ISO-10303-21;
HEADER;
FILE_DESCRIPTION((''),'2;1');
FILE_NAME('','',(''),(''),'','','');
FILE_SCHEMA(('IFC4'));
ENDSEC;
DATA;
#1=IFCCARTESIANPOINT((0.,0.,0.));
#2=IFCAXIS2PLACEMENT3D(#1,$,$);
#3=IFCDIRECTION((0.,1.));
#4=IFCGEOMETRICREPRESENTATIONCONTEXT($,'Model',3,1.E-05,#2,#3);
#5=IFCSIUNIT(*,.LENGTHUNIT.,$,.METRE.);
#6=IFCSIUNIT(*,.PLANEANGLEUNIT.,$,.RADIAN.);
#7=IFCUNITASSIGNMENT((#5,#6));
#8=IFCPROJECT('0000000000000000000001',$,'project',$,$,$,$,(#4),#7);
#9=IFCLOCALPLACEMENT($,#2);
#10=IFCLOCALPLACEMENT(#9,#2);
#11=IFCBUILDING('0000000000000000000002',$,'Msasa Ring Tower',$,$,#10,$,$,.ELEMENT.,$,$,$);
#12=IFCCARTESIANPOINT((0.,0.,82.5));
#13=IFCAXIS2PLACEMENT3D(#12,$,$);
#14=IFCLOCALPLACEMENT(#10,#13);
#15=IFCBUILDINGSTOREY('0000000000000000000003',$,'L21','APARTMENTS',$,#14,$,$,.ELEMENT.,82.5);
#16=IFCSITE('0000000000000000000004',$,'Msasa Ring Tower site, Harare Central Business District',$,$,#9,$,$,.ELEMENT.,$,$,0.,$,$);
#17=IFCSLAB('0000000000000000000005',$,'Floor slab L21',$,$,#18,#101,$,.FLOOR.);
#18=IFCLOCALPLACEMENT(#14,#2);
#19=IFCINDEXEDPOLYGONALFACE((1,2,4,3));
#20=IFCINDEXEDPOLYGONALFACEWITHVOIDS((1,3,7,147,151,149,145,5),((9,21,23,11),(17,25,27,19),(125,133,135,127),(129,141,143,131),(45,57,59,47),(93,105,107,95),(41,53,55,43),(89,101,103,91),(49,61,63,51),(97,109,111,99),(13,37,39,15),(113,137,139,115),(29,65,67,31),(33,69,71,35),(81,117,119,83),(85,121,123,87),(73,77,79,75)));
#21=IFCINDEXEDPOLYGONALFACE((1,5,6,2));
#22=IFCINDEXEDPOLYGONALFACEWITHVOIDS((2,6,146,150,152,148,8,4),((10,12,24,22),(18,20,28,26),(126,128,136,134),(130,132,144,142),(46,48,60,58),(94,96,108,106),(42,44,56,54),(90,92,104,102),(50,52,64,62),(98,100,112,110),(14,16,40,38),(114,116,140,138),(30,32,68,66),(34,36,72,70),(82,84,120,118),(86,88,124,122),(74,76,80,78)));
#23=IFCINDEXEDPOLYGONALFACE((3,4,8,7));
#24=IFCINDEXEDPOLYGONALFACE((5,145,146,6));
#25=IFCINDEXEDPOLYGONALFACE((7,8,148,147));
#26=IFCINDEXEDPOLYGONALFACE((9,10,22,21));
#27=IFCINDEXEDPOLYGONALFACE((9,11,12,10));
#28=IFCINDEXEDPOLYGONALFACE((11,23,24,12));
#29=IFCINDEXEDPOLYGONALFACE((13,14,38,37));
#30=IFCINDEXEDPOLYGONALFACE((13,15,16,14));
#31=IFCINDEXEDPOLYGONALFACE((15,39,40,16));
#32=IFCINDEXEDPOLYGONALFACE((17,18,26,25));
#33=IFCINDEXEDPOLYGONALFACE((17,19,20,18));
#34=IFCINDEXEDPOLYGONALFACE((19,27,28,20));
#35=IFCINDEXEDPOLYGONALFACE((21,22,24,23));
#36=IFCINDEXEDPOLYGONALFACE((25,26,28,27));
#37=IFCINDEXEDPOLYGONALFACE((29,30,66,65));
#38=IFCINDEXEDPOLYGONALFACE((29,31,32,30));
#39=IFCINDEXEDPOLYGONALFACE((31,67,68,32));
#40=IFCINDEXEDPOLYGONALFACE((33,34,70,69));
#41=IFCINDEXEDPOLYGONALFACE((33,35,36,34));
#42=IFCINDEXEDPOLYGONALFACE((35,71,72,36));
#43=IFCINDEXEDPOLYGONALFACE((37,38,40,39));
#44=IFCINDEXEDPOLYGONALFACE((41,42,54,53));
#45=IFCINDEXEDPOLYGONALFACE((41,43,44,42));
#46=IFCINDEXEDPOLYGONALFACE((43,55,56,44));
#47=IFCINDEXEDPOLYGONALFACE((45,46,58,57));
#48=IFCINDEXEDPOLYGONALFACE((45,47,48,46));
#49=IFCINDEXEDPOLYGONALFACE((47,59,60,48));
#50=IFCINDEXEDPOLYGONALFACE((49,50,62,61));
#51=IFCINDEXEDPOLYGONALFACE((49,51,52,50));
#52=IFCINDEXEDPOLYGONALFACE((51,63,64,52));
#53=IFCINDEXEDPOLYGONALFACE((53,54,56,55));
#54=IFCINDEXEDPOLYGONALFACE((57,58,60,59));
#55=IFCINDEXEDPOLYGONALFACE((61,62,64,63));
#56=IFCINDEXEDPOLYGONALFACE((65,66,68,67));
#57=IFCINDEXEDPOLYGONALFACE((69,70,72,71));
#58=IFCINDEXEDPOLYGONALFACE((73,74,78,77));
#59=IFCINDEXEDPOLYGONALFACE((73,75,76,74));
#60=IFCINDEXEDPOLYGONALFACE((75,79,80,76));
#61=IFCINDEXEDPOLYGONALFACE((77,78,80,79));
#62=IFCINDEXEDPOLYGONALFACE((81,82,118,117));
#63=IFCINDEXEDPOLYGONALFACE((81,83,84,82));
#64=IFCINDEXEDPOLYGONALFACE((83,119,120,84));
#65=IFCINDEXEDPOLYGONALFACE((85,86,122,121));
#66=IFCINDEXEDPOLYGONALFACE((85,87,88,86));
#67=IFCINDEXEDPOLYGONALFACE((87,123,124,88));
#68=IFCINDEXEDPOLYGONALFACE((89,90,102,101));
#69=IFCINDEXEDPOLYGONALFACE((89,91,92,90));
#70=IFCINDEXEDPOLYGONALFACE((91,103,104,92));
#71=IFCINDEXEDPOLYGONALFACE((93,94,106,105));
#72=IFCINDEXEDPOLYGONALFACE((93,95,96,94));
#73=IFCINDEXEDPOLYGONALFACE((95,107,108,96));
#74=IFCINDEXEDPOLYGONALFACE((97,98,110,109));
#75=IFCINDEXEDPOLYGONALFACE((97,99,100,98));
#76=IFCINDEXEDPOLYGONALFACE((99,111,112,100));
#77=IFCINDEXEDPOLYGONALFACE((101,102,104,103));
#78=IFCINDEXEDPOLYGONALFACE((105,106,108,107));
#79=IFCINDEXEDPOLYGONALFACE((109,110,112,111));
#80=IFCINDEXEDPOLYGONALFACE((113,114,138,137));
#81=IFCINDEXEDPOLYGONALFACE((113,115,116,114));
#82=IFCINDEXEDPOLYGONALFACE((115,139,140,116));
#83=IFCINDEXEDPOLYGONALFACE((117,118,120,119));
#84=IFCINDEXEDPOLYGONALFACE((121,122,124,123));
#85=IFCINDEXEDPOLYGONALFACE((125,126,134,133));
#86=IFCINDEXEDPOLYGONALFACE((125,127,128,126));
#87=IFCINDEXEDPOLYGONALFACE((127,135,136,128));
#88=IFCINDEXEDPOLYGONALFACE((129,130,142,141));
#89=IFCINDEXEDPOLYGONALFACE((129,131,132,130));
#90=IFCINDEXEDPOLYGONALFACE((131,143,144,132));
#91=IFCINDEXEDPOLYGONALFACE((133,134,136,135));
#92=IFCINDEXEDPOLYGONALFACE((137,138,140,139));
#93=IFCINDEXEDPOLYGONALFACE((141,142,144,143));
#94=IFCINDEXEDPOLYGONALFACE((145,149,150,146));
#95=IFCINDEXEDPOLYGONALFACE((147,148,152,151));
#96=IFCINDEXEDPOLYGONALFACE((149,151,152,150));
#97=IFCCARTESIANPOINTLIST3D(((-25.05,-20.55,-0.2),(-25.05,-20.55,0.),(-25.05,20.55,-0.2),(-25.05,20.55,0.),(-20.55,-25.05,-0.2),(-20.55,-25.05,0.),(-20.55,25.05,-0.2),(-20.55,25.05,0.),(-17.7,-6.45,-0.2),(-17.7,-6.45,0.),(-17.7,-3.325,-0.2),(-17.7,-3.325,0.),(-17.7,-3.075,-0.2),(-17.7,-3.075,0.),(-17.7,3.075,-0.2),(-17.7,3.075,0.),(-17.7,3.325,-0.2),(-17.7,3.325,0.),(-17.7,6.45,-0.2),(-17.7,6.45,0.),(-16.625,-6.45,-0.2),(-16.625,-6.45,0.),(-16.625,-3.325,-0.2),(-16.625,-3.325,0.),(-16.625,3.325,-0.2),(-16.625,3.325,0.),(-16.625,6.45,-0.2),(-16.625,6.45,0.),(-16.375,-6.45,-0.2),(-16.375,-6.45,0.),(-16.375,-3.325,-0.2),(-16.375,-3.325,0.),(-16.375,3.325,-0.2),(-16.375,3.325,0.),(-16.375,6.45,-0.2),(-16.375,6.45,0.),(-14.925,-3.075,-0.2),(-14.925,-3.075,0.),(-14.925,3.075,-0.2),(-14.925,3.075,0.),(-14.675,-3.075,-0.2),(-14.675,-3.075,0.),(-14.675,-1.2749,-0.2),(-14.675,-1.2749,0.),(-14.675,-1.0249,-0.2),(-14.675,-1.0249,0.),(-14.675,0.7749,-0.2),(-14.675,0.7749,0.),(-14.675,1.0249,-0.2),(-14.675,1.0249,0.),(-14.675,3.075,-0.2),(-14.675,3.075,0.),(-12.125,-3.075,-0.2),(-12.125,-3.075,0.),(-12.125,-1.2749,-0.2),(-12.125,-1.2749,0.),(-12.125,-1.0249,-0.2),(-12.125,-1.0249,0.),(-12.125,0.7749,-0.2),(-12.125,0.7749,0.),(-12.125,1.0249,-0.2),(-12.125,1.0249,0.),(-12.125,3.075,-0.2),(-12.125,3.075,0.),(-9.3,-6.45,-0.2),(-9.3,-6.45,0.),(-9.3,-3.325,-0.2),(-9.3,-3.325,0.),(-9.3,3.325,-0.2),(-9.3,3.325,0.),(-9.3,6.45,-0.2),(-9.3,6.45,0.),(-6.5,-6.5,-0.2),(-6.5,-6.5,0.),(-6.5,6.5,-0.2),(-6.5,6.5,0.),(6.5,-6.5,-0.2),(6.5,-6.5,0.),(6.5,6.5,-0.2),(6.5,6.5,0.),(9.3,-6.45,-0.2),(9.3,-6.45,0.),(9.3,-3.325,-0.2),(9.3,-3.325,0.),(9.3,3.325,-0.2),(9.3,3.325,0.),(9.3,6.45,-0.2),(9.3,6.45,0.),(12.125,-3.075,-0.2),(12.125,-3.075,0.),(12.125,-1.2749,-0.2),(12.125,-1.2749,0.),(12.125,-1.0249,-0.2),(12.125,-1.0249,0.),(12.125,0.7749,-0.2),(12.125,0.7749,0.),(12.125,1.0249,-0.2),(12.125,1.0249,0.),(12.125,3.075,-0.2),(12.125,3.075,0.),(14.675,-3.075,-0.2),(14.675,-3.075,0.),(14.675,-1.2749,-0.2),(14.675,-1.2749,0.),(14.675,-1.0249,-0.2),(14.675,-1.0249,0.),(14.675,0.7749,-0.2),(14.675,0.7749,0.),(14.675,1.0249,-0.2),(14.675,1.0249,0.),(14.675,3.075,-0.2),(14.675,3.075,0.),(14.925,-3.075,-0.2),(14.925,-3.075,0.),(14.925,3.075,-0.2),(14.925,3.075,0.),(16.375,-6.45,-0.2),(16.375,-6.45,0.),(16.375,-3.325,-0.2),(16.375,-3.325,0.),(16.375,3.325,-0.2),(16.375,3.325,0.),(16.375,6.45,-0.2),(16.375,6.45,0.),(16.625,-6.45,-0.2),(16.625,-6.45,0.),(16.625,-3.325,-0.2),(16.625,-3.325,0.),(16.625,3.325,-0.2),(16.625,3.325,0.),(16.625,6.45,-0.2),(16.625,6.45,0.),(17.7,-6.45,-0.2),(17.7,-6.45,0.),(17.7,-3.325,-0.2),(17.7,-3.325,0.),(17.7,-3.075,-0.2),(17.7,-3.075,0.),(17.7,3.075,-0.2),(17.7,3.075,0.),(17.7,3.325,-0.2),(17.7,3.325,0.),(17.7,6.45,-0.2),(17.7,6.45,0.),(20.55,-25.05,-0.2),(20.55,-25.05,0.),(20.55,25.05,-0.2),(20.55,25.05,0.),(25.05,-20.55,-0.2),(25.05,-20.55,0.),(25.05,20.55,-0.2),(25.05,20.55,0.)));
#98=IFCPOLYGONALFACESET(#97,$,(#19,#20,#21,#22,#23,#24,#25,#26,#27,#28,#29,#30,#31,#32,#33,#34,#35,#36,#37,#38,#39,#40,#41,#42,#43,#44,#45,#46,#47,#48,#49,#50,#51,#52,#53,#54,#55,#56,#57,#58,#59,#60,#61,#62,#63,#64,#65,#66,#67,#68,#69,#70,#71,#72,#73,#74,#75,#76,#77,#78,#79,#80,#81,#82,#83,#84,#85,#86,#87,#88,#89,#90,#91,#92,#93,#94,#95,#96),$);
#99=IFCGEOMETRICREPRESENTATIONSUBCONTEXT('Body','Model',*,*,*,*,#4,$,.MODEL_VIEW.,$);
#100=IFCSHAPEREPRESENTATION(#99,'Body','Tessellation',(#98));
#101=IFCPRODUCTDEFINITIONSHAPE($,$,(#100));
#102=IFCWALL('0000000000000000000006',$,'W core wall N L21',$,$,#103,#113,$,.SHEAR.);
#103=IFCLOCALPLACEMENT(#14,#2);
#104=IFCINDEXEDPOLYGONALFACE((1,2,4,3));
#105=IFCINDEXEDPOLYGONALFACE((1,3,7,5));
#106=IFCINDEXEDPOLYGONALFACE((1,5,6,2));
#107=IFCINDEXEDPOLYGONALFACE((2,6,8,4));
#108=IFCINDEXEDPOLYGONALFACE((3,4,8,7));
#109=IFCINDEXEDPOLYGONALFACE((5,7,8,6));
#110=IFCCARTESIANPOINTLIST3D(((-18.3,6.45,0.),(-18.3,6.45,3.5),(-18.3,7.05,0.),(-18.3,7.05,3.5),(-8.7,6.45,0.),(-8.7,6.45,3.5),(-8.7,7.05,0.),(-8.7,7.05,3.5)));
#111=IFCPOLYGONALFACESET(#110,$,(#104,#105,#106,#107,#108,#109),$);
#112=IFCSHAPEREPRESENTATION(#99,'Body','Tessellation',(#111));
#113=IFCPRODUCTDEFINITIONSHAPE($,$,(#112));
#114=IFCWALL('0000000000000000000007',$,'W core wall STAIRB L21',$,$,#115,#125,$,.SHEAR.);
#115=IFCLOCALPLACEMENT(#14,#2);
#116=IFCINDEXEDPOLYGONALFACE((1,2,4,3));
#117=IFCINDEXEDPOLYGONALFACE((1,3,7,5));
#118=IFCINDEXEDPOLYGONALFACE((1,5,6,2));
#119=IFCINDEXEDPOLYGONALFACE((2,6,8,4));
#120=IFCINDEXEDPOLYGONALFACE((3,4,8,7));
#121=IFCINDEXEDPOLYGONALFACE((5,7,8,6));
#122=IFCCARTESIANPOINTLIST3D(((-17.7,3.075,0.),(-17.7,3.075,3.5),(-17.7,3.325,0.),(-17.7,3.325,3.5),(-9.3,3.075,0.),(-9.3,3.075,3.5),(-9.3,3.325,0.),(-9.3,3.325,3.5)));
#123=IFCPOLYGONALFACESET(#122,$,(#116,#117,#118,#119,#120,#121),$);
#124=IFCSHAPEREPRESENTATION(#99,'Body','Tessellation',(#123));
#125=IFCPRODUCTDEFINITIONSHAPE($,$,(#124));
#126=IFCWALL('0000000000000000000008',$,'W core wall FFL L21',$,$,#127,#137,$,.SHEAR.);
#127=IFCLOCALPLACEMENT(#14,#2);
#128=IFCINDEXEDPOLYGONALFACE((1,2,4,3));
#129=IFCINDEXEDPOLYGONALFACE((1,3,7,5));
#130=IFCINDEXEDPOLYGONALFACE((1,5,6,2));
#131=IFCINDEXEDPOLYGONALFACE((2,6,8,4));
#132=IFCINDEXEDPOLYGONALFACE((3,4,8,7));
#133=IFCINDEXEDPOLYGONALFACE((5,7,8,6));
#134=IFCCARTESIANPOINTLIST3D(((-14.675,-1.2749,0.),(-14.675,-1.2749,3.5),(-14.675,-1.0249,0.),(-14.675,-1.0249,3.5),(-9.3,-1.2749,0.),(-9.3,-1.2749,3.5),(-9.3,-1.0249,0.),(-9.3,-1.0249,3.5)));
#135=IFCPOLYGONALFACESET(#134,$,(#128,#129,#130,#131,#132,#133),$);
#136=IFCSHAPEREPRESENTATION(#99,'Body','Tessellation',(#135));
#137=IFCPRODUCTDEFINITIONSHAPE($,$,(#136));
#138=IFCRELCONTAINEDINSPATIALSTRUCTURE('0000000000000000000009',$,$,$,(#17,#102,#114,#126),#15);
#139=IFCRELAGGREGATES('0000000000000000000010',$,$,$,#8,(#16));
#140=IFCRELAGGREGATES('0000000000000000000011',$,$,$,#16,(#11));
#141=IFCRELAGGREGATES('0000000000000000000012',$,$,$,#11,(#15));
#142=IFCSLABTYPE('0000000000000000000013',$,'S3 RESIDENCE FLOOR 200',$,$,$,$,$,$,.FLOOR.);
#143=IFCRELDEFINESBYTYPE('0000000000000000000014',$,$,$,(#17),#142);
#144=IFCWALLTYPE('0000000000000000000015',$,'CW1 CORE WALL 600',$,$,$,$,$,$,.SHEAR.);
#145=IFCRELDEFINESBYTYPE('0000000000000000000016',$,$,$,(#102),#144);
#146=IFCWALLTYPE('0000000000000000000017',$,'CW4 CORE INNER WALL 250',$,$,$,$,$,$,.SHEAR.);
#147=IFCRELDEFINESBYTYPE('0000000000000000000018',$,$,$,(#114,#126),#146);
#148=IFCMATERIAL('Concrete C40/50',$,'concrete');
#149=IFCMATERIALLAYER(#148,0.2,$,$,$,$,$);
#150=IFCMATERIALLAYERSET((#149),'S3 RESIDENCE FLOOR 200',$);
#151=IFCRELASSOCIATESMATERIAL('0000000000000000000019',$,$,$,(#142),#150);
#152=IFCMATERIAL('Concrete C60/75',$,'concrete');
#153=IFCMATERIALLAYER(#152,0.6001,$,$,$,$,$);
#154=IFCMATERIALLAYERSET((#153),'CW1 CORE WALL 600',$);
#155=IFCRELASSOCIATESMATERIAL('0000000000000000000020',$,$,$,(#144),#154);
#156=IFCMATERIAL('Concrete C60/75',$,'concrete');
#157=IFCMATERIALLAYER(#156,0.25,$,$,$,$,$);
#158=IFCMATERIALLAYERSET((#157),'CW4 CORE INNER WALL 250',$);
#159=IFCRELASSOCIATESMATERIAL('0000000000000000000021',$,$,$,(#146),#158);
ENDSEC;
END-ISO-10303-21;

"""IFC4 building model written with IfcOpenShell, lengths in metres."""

from ifc_helpers import new_model, si_unit, direction, frame, frame_2d, origin, place, context, subcontext, project, spatial, polyline, rectangle, outline, extrude, material, layer, layer_set, type_object, element, save


model = new_model("IFC4")

# Units and contexts
model_context = context("Model", 3, precision=1e-05, world=origin(), true_north=direction((0.0, 1.0)))
body_context = subcontext(model_context, "Body", "Model", "MODEL_VIEW")
ifc_project = project(units=[si_unit("LENGTHUNIT", "METRE"), si_unit("PLANEANGLEUNIT", "RADIAN")], contexts=[model_context])

# Site, building, storey
site_placement = place(None, origin())
site = spatial("IfcSite", under=ifc_project, at=site_placement, Name="Msasa Ring Tower site, Harare Central Business District", CompositionType="ELEMENT", RefElevation=0.0)
building_placement = place(site_placement, origin())
building = spatial("IfcBuilding", under=site, at=building_placement, Name="Msasa Ring Tower", CompositionType="ELEMENT")
storey_placement = place(building_placement, frame((0.0, 0.0, 82.5)))
storey = spatial("IfcBuildingStorey", under=building, at=storey_placement, Name="L21", Description="APARTMENTS", CompositionType="ELEMENT", Elevation=82.5)

# Slab
ifc_material_1 = material(Name="Concrete C40/50", Category="concrete")
ifc_layer_1 = layer(ifc_material_1, 0.2)
ifc_layer_set_1 = layer_set([ifc_layer_1], Name="S3 RESIDENCE FLOOR 200")
slab_type = type_object("IfcSlabType", Name="S3 RESIDENCE FLOOR 200", PredefinedType="FLOOR", material=ifc_layer_set_1)
slab_placement = place(storey_placement, frame((0.0, 0.0, -0.2)))
element("IfcSlab", 1, at=slab_placement, inside=storey, type_object=slab_type, Name="Floor slab L21", PredefinedType="FLOOR", context=body_context, shape_type="SweptSolid", body=[
    extrude(outline(polyline([(-20.55, -25.05), (20.55, -25.05), (25.05, -20.55), (25.05, 20.55), (20.55, 25.05), (-20.55, 25.05), (-25.05, 20.55), (-25.05, -20.55), (-20.55, -25.05)]), holes=[polyline([(-6.5, -6.5), (6.5, -6.5), (6.5, 6.5), (-6.5, 6.5), (-6.5, -6.5)]), polyline([(9.3, -6.45), (16.375, -6.45), (16.375, -3.325), (9.3, -3.325), (9.3, -6.45)]), polyline([(9.3, 3.325), (16.375, 3.325), (16.375, 6.45), (9.3, 6.45), (9.3, 3.325)]), polyline([(12.125, -3.075), (14.675, -3.075), (14.675, -1.2749), (12.125, -1.2749), (12.125, -3.075)]), polyline([(12.125, -1.0249), (14.675, -1.0249), (14.675, 0.7749), (12.125, 0.7749), (12.125, -1.0249)]), polyline([(12.125, 1.0249), (14.675, 1.0249), (14.675, 3.075), (12.125, 3.075), (12.125, 1.0249)]), polyline([(16.625, -6.45), (17.7, -6.45), (17.7, -3.325), (16.625, -3.325), (16.625, -6.45)]), polyline([(16.625, 3.325), (17.7, 3.325), (17.7, 6.45), (16.625, 6.45), (16.625, 3.325)]), polyline([(14.925, -3.075), (17.7, -3.075), (17.7, 3.075), (14.925, 3.075), (14.925, -3.075)]), polyline([(-16.375, -6.45), (-9.3, -6.45), (-9.3, -3.325), (-16.375, -3.325), (-16.375, -6.45)]), polyline([(-16.375, 3.325), (-9.3, 3.325), (-9.3, 6.45), (-16.375, 6.45), (-16.375, 3.325)]), polyline([(-14.675, -3.075), (-12.125, -3.075), (-12.125, -1.2749), (-14.675, -1.2749), (-14.675, -3.075)]), polyline([(-14.675, -1.0249), (-12.125, -1.0249), (-12.125, 0.7749), (-14.675, 0.7749), (-14.675, -1.0249)]), polyline([(-14.675, 1.0249), (-12.125, 1.0249), (-12.125, 3.075), (-14.675, 3.075), (-14.675, 1.0249)]), polyline([(-17.7, -6.45), (-16.625, -6.45), (-16.625, -3.325), (-17.7, -3.325), (-17.7, -6.45)]), polyline([(-17.7, 3.325), (-16.625, 3.325), (-16.625, 6.45), (-17.7, 6.45), (-17.7, 3.325)]), polyline([(-17.7, -3.075), (-14.925, -3.075), (-14.925, 3.075), (-17.7, 3.075), (-17.7, -3.075)])]), origin(), (0.0, 0.0, 1.0), 0.2),
])

# Walls
ifc_material_2 = material(Name="Concrete C60/75", Category="concrete")
ifc_layer_2 = layer(ifc_material_2, 0.6001)
ifc_layer_set_2 = layer_set([ifc_layer_2], Name="CW1 CORE WALL 600")
wall_type_1 = type_object("IfcWallType", Name="CW1 CORE WALL 600", PredefinedType="SHEAR", material=ifc_layer_set_2)
wall_1_placement = place(storey_placement, frame((-8.7, 6.75, 0.0), z_axis=(0.0, 0.0, 1.0), x_axis=(-1.0, 0.0, 0.0)))
element("IfcWall", 2, at=wall_1_placement, inside=storey, type_object=wall_type_1, Name="W core wall N L21", PredefinedType="SHEAR", context=body_context, shape_type="SweptSolid", body=[
    extrude(rectangle(XDim=9.6001, YDim=0.6001, at=frame_2d((4.8, 0.0))), origin(), (0.0, 0.0, 1.0), 3.5),
])
ifc_material_3 = material(Name="Concrete C60/75", Category="concrete")
ifc_layer_3 = layer(ifc_material_3, 0.25)
ifc_layer_set_3 = layer_set([ifc_layer_3], Name="CW4 CORE INNER WALL 250")
wall_type_2 = type_object("IfcWallType", Name="CW4 CORE INNER WALL 250", PredefinedType="SHEAR", material=ifc_layer_set_3)
wall_2_placement = place(storey_placement, frame((-9.3, 3.2, 0.0), z_axis=(0.0, 0.0, 1.0), x_axis=(-1.0, 0.0, 0.0)))
element("IfcWall", 3, at=wall_2_placement, inside=storey, type_object=wall_type_2, Name="W core wall STAIRB L21", PredefinedType="SHEAR", context=body_context, shape_type="SweptSolid", body=[
    extrude(rectangle(XDim=8.3999, YDim=0.25, at=frame_2d((4.2, 0.0))), origin(), (0.0, 0.0, 1.0), 3.5),
])
wall_3_placement = place(storey_placement, frame((-9.3, -1.1499, 0.0), z_axis=(0.0, 0.0, 1.0), x_axis=(-1.0, 0.0, 0.0)))
element("IfcWall", 4, at=wall_3_placement, inside=storey, type_object=wall_type_2, Name="W core wall FFL L21", PredefinedType="SHEAR", context=body_context, shape_type="SweptSolid", body=[
    extrude(rectangle(XDim=5.375, YDim=0.25, at=frame_2d((2.6875, 0.0))), origin(), (0.0, 0.0, 1.0), 3.5),
])

save(model, "model.ifc")
